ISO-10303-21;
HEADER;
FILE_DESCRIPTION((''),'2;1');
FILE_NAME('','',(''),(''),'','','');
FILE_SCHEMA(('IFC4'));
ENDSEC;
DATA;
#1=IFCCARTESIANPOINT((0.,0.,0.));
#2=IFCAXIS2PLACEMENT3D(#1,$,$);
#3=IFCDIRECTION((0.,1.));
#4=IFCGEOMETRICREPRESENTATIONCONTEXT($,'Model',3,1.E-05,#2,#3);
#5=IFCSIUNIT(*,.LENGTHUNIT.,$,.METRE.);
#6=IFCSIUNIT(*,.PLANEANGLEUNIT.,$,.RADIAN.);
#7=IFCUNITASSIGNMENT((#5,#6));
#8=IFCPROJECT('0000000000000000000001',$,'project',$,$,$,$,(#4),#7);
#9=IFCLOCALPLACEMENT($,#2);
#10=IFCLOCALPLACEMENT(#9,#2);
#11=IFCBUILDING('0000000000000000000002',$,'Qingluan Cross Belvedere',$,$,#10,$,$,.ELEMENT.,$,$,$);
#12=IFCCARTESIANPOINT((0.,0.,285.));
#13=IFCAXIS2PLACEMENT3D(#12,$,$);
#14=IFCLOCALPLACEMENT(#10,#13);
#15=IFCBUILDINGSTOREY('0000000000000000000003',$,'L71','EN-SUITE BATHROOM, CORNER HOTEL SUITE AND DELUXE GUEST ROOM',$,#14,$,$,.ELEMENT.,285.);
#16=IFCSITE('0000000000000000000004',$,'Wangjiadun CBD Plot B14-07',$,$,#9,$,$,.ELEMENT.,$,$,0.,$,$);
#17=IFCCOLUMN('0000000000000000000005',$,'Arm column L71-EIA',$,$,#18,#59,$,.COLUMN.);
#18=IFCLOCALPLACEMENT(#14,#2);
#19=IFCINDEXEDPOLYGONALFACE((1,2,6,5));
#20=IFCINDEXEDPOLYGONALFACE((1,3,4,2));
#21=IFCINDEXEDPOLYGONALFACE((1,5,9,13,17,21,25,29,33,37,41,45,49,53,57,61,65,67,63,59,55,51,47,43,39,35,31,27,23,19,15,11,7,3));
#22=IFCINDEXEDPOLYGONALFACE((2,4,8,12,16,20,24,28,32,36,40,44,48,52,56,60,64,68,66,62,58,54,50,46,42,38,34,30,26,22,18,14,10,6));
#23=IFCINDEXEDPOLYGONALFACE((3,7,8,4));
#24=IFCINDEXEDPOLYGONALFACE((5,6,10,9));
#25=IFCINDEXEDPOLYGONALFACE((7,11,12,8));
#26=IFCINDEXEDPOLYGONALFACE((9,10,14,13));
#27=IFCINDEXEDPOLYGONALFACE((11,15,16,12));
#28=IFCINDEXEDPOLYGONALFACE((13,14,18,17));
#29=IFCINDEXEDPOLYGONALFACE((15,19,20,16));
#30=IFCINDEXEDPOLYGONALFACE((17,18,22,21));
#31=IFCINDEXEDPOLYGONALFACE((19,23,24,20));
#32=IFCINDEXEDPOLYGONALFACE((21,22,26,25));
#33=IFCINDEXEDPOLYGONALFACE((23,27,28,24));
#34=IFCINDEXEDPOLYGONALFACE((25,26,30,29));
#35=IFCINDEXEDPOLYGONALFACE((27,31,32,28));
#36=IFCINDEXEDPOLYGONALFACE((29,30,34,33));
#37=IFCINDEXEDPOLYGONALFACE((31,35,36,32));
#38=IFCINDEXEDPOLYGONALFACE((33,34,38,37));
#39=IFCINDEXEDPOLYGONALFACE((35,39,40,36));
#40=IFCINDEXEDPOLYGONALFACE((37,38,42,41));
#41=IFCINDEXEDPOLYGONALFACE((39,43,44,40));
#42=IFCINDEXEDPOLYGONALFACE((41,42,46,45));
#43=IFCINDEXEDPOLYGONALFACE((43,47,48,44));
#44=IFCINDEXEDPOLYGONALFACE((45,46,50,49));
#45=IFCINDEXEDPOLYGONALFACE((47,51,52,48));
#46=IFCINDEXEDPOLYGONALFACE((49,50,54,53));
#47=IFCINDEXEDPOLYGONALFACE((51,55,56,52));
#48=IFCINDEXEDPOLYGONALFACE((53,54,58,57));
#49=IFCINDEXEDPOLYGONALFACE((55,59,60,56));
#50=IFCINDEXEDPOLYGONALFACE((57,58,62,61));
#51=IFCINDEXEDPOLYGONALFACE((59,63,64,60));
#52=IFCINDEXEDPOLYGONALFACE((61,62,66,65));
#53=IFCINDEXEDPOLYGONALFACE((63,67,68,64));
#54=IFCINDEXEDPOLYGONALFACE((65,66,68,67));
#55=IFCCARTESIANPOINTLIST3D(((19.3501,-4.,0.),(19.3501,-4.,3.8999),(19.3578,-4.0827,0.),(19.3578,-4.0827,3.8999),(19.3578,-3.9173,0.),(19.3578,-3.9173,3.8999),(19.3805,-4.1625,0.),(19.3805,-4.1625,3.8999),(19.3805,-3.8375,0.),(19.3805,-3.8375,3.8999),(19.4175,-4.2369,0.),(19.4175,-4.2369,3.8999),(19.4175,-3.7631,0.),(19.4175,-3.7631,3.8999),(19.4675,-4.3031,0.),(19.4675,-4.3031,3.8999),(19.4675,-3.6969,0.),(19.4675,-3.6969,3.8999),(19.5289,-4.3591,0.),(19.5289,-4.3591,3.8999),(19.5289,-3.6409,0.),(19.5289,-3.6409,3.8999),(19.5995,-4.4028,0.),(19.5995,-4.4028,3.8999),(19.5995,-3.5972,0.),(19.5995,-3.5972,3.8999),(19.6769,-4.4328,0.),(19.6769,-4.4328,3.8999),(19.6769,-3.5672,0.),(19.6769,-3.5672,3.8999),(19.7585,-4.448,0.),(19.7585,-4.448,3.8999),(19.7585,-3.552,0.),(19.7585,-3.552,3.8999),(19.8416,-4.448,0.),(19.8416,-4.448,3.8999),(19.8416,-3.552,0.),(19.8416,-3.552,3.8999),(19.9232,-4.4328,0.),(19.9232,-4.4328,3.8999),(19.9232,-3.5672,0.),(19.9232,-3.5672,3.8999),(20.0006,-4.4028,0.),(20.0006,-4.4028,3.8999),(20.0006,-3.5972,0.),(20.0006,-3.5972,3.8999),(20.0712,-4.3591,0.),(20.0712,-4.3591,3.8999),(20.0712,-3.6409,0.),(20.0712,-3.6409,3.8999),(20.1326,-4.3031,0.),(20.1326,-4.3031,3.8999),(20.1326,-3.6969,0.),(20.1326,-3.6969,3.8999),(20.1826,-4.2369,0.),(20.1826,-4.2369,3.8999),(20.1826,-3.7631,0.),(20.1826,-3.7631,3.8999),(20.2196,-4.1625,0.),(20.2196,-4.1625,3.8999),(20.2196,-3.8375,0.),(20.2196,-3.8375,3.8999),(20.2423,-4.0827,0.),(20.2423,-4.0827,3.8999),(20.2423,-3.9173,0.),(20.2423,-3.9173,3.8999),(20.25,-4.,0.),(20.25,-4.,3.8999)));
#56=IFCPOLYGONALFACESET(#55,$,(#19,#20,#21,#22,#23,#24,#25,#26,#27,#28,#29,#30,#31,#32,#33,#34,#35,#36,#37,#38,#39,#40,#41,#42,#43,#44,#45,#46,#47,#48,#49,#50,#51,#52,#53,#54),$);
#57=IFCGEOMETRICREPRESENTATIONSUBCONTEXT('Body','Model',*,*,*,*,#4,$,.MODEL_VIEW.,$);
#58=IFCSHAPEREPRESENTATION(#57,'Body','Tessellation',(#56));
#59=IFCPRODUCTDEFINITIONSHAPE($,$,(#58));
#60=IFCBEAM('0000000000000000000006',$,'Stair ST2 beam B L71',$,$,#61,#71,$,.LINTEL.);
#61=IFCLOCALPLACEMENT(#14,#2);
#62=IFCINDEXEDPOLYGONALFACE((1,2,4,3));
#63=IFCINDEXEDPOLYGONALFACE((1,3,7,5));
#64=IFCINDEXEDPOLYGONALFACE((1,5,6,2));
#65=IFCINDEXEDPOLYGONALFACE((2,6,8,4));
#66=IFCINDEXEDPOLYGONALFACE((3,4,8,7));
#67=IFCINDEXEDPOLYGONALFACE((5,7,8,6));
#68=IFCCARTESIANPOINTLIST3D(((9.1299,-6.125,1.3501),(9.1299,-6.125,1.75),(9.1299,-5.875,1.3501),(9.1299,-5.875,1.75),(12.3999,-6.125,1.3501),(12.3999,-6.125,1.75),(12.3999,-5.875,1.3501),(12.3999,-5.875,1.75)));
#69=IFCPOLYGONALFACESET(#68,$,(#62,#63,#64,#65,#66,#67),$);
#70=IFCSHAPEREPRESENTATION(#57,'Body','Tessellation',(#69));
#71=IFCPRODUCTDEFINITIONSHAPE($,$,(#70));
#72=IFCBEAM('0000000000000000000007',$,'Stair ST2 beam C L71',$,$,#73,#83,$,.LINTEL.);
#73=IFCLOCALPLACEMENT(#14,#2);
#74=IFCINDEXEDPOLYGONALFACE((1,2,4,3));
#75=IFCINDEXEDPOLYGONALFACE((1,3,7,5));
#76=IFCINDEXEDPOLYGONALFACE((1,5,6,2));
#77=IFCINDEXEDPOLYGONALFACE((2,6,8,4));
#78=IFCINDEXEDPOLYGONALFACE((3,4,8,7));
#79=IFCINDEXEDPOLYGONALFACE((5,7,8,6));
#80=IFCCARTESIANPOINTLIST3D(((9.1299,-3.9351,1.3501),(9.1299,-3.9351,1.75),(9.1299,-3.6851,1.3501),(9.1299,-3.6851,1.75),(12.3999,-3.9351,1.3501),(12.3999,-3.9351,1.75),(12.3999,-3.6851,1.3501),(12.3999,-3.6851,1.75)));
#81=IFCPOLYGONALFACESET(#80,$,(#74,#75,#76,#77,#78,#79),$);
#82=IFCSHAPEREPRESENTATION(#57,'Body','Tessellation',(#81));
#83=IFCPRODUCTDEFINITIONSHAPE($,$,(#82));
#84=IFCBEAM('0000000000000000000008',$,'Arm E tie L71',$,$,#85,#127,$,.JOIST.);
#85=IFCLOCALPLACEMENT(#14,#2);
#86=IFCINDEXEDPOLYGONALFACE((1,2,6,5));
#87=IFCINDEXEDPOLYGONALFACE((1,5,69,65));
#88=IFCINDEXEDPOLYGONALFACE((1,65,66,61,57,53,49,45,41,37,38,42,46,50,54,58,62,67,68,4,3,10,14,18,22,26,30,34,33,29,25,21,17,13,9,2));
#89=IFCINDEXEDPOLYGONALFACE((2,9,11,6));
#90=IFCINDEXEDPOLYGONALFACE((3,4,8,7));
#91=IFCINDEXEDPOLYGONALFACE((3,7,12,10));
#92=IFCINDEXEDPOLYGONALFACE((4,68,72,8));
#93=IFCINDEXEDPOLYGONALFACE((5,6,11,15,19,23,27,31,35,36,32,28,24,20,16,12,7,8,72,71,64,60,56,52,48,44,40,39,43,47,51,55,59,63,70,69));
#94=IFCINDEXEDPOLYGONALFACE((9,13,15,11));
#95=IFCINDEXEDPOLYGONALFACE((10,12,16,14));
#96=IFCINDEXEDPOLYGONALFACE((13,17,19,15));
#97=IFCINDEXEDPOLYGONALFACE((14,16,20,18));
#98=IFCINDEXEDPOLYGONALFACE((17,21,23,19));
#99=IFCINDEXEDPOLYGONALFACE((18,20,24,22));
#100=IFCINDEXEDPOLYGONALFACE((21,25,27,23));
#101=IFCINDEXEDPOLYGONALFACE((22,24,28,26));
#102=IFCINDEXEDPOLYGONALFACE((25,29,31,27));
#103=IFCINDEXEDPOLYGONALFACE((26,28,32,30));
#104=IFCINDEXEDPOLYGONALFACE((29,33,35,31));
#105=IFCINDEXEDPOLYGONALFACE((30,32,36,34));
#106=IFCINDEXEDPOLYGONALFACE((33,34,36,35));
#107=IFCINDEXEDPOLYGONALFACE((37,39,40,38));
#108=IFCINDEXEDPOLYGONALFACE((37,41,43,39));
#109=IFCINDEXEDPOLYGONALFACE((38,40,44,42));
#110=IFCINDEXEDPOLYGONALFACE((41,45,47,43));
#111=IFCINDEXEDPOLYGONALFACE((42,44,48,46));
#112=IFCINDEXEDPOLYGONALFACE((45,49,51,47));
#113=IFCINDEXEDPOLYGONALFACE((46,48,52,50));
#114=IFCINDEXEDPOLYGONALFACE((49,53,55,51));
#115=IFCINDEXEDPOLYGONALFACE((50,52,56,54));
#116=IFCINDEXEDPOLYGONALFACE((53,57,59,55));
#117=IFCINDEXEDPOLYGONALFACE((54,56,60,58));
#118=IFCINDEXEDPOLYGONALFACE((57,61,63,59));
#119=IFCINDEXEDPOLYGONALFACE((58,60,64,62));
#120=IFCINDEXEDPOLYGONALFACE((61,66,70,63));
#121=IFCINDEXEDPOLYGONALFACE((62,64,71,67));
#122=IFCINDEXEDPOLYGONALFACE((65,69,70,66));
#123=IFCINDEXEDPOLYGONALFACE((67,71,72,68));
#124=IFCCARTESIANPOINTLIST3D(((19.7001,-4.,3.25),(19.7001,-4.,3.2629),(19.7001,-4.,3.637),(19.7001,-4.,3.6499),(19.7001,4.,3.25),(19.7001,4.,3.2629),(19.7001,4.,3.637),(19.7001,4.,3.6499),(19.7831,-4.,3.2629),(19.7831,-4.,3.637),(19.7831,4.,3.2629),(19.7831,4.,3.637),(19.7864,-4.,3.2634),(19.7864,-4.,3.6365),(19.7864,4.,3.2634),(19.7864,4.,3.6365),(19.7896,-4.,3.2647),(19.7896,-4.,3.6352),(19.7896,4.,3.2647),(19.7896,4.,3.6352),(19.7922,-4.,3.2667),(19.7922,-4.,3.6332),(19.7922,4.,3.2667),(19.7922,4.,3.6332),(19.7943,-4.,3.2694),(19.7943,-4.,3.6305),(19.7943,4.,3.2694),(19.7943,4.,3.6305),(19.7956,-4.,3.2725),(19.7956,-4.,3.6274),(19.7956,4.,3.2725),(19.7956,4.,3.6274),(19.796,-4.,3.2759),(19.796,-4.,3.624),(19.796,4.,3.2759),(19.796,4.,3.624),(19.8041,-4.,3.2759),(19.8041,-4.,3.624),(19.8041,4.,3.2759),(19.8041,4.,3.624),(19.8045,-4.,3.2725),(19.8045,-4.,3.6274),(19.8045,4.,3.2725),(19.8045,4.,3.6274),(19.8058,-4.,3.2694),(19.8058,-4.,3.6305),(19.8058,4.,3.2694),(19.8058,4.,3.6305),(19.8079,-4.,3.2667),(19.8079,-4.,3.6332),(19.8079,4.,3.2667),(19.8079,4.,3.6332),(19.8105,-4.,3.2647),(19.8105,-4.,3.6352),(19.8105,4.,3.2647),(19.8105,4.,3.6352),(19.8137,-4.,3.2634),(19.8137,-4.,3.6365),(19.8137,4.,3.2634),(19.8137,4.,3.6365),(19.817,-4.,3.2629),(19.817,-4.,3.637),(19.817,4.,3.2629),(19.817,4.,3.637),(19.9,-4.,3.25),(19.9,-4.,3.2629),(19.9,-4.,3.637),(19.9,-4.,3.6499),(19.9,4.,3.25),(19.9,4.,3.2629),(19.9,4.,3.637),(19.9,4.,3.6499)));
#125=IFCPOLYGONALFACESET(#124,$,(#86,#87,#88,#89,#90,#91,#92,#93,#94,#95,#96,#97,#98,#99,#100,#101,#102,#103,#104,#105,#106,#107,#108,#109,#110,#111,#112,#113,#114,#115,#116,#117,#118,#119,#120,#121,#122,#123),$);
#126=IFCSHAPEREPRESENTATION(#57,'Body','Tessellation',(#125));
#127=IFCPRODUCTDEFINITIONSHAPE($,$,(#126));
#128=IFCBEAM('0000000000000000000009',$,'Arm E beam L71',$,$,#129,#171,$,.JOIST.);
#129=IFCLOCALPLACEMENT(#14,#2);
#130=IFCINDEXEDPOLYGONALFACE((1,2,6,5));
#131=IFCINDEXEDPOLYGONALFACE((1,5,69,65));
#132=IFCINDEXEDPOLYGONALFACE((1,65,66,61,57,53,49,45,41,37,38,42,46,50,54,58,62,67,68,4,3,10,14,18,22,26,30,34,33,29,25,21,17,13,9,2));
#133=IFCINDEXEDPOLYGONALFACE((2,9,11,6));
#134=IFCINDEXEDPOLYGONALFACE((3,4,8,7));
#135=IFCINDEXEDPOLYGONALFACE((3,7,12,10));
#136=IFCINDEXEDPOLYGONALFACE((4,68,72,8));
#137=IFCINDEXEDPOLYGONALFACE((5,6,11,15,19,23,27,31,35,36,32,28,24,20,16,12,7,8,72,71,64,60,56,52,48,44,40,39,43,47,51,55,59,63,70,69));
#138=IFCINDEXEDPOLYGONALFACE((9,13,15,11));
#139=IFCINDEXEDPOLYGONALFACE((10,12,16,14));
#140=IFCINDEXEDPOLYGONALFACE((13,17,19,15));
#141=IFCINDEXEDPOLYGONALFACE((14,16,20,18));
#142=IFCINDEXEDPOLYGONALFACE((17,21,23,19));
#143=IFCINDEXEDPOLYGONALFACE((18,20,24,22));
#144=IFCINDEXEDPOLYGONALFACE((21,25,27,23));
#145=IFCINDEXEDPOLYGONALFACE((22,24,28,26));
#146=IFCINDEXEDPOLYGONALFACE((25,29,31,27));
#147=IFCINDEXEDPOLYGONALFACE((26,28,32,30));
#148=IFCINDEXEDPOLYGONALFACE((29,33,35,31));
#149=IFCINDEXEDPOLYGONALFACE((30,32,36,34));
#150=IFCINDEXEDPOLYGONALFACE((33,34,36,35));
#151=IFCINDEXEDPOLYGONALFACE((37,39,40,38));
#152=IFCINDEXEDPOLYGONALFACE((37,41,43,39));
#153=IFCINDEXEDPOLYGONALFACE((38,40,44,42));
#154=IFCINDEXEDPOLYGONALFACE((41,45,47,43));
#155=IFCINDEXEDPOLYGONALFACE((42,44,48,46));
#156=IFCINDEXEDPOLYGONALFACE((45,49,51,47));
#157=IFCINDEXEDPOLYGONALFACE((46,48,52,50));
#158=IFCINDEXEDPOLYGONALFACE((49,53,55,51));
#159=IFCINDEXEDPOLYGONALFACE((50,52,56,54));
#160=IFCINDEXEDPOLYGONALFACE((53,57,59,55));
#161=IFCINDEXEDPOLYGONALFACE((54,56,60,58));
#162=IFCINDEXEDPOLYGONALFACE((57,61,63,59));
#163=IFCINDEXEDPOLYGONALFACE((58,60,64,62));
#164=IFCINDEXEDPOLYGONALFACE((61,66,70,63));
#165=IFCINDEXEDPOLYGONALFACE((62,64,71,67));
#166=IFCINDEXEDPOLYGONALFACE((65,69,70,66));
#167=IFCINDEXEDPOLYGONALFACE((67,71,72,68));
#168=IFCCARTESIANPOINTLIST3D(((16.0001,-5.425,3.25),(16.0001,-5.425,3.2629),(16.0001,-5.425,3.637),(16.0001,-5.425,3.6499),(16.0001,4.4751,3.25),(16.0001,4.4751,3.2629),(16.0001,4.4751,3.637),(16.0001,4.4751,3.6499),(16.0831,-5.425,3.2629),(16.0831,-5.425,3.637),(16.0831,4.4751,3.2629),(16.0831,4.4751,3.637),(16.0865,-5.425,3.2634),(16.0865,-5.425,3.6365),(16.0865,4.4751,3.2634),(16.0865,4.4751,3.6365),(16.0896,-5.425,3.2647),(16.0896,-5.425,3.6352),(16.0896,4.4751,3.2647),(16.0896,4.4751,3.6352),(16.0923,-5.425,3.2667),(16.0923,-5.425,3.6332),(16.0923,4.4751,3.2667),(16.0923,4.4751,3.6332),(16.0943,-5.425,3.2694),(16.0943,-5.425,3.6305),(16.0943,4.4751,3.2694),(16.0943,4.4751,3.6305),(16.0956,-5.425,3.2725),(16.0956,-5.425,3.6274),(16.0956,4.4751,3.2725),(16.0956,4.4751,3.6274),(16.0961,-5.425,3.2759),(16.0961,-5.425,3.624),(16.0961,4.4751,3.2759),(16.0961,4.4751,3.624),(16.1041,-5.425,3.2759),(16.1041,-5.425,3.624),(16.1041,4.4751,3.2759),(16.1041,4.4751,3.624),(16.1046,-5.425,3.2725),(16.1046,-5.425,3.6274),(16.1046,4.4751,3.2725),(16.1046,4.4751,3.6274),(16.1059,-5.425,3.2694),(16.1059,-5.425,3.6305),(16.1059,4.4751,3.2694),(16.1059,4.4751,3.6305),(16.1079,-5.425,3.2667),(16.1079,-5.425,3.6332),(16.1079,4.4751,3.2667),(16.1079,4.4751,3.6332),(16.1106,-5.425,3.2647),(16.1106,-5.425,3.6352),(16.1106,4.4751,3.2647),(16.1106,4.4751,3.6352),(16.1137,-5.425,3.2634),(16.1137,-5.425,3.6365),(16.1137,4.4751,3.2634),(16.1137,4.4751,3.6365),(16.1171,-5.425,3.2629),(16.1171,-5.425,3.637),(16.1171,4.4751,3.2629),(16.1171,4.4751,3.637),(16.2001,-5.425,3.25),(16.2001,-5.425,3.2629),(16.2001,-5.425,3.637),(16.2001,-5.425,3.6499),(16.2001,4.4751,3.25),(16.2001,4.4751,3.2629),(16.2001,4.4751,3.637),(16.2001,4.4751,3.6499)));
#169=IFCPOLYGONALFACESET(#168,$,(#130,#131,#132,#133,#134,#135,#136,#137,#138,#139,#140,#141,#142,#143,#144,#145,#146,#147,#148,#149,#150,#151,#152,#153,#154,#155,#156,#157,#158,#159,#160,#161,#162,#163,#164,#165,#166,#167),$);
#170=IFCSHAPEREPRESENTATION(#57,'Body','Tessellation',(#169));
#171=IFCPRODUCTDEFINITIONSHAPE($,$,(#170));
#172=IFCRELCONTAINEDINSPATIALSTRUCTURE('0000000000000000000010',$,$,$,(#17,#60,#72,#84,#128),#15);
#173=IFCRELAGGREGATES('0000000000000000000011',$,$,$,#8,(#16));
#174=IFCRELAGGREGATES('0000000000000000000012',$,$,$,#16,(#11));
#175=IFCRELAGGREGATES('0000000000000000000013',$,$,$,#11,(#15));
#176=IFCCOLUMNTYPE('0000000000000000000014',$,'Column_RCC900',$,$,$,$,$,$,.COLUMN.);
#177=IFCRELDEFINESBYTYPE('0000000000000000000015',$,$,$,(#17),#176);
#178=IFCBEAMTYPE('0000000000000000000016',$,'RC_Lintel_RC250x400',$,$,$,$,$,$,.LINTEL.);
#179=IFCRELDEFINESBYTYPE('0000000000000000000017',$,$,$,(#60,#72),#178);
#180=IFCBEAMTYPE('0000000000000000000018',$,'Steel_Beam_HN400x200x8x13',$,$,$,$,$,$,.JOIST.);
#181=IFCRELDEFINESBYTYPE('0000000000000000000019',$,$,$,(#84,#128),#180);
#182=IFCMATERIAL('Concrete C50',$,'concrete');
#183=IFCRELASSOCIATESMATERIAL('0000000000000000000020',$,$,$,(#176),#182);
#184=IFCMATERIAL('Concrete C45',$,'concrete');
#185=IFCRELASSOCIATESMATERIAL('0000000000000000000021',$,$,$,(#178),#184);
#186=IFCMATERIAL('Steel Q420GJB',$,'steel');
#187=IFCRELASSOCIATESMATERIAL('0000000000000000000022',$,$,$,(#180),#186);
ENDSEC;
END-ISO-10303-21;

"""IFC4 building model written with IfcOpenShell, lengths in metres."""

from ifc_helpers import new_model, si_unit, direction, frame, origin, origin_2d, place, context, subcontext, project, spatial, rectangle, circle, i_section, extrude, material, material_profile, profile_set, type_object, element, save


model = new_model("IFC4")

# Units and contexts
model_context = context("Model", 3, precision=1e-05, world=origin(), true_north=direction((0.0, 1.0)))
body_context = subcontext(model_context, "Body", "Model", "MODEL_VIEW")
ifc_project = project(units=[si_unit("LENGTHUNIT", "METRE"), si_unit("PLANEANGLEUNIT", "RADIAN")], contexts=[model_context])

# Site, building, storey
site_placement = place(None, origin())
site = spatial("IfcSite", under=ifc_project, at=site_placement, Name="Wangjiadun CBD Plot B14-07", CompositionType="ELEMENT", RefElevation=0.0)
building_placement = place(site_placement, origin())
building = spatial("IfcBuilding", under=site, at=building_placement, Name="Qingluan Cross Belvedere", CompositionType="ELEMENT")
storey_placement = place(building_placement, frame((0.0, 0.0, 285.0)))
storey = spatial("IfcBuildingStorey", under=building, at=storey_placement, Name="L71", Description="EN-SUITE BATHROOM, CORNER HOTEL SUITE AND DELUXE GUEST ROOM", CompositionType="ELEMENT", Elevation=285.0)

# Column
ifc_material_1 = material(Name="Concrete C50", Category="concrete")
ifc_material_profile_1 = material_profile(ifc_material_1, circle(Radius=0.45, at=origin_2d()), Name="RCC900")
ifc_profile_set_1 = profile_set([ifc_material_profile_1], Name="Concrete C50")
column_type = type_object("IfcColumnType", Name="Column_RCC900", PredefinedType="COLUMN", material=ifc_profile_set_1)
column_placement = place(storey_placement, frame((19.8, -4.0, 0.0), z_axis=(0.0, 0.0, 1.0), x_axis=(1.0, 0.0, 0.0)))
element("IfcColumn", 1, at=column_placement, inside=storey, type_object=column_type, Name="Arm column L71-EIA", PredefinedType="COLUMN", context=body_context, shape_type="SweptSolid", body=[
    extrude(circle(Radius=0.45, at=origin_2d()), origin(), (0.0, 0.0, 1.0), 3.8999),
])

# Beams
ifc_material_2 = material(Name="Concrete C45", Category="concrete")
ifc_material_profile_2 = material_profile(ifc_material_2, rectangle(XDim=0.25, YDim=0.3999, at=origin_2d()), Name="RC250x400")
ifc_profile_set_2 = profile_set([ifc_material_profile_2], Name="Concrete C45")
beam_type_1 = type_object("IfcBeamType", Name="RC_Lintel_RC250x400", PredefinedType="LINTEL", material=ifc_profile_set_2)
for number, where, z_axis, x_axis, name in (
    (2, (12.3999, -6.0, 1.55), (-1.0, 0.0, 0.0), (0.0, -1.0, 0.0), "Stair ST2 beam B L71"),
    (3, (12.3999, -3.8101, 1.55), (-1.0, 0.0, 0.0), (0.0, -1.0, 0.0), "Stair ST2 beam C L71"),
):
    element("IfcBeam", number, at=place(storey_placement, frame(where, z_axis=z_axis, x_axis=x_axis)), inside=storey, type_object=beam_type_1, Name=name, PredefinedType="LINTEL", context=body_context, shape_type="SweptSolid", body=[
        extrude(rectangle(XDim=0.25, YDim=0.3999, at=origin_2d()), origin(), (0.0, 0.0, 1.0), 3.27),
    ])
ifc_material_3 = material(Name="Steel Q420GJB", Category="steel")
ifc_material_profile_3 = material_profile(ifc_material_3, i_section(OverallWidth=0.2, OverallDepth=0.3999, WebThickness=0.0081, FlangeThickness=0.0129, FilletRadius=0.0129, at=origin_2d()), Name="HN400x200x8x13")
ifc_profile_set_3 = profile_set([ifc_material_profile_3], Name="Steel Q420GJB")
beam_type_2 = type_object("IfcBeamType", Name="Steel_Beam_HN400x200x8x13", PredefinedType="JOIST", material=ifc_profile_set_3)
beam_1_placement = place(storey_placement, frame((19.8, -4.0, 3.45), z_axis=(0.0, 1.0, 0.0), x_axis=(-1.0, 0.0, 0.0)))
element("IfcBeam", 4, at=beam_1_placement, inside=storey, type_object=beam_type_2, Name="Arm E tie L71", PredefinedType="JOIST", context=body_context, shape_type="SweptSolid", body=[
    extrude(i_section(OverallWidth=0.2, OverallDepth=0.3999, WebThickness=0.0081, FlangeThickness=0.0129, FilletRadius=0.0129, at=origin_2d()), origin(), (0.0, 0.0, 1.0), 8.0),
])
beam_2_placement = place(storey_placement, frame((16.1001, -5.425, 3.45), z_axis=(0.0, 1.0, 0.0), x_axis=(-1.0, 0.0, 0.0)))
element("IfcBeam", 5, at=beam_2_placement, inside=storey, type_object=beam_type_2, Name="Arm E beam L71", PredefinedType="JOIST", context=body_context, shape_type="SweptSolid", body=[
    extrude(i_section(OverallWidth=0.2, OverallDepth=0.3999, WebThickness=0.0081, FlangeThickness=0.0129, FilletRadius=0.0129, at=origin_2d()), origin(), (0.0, 0.0, 1.0), 9.9001),
])

save(model, "model.ifc")
